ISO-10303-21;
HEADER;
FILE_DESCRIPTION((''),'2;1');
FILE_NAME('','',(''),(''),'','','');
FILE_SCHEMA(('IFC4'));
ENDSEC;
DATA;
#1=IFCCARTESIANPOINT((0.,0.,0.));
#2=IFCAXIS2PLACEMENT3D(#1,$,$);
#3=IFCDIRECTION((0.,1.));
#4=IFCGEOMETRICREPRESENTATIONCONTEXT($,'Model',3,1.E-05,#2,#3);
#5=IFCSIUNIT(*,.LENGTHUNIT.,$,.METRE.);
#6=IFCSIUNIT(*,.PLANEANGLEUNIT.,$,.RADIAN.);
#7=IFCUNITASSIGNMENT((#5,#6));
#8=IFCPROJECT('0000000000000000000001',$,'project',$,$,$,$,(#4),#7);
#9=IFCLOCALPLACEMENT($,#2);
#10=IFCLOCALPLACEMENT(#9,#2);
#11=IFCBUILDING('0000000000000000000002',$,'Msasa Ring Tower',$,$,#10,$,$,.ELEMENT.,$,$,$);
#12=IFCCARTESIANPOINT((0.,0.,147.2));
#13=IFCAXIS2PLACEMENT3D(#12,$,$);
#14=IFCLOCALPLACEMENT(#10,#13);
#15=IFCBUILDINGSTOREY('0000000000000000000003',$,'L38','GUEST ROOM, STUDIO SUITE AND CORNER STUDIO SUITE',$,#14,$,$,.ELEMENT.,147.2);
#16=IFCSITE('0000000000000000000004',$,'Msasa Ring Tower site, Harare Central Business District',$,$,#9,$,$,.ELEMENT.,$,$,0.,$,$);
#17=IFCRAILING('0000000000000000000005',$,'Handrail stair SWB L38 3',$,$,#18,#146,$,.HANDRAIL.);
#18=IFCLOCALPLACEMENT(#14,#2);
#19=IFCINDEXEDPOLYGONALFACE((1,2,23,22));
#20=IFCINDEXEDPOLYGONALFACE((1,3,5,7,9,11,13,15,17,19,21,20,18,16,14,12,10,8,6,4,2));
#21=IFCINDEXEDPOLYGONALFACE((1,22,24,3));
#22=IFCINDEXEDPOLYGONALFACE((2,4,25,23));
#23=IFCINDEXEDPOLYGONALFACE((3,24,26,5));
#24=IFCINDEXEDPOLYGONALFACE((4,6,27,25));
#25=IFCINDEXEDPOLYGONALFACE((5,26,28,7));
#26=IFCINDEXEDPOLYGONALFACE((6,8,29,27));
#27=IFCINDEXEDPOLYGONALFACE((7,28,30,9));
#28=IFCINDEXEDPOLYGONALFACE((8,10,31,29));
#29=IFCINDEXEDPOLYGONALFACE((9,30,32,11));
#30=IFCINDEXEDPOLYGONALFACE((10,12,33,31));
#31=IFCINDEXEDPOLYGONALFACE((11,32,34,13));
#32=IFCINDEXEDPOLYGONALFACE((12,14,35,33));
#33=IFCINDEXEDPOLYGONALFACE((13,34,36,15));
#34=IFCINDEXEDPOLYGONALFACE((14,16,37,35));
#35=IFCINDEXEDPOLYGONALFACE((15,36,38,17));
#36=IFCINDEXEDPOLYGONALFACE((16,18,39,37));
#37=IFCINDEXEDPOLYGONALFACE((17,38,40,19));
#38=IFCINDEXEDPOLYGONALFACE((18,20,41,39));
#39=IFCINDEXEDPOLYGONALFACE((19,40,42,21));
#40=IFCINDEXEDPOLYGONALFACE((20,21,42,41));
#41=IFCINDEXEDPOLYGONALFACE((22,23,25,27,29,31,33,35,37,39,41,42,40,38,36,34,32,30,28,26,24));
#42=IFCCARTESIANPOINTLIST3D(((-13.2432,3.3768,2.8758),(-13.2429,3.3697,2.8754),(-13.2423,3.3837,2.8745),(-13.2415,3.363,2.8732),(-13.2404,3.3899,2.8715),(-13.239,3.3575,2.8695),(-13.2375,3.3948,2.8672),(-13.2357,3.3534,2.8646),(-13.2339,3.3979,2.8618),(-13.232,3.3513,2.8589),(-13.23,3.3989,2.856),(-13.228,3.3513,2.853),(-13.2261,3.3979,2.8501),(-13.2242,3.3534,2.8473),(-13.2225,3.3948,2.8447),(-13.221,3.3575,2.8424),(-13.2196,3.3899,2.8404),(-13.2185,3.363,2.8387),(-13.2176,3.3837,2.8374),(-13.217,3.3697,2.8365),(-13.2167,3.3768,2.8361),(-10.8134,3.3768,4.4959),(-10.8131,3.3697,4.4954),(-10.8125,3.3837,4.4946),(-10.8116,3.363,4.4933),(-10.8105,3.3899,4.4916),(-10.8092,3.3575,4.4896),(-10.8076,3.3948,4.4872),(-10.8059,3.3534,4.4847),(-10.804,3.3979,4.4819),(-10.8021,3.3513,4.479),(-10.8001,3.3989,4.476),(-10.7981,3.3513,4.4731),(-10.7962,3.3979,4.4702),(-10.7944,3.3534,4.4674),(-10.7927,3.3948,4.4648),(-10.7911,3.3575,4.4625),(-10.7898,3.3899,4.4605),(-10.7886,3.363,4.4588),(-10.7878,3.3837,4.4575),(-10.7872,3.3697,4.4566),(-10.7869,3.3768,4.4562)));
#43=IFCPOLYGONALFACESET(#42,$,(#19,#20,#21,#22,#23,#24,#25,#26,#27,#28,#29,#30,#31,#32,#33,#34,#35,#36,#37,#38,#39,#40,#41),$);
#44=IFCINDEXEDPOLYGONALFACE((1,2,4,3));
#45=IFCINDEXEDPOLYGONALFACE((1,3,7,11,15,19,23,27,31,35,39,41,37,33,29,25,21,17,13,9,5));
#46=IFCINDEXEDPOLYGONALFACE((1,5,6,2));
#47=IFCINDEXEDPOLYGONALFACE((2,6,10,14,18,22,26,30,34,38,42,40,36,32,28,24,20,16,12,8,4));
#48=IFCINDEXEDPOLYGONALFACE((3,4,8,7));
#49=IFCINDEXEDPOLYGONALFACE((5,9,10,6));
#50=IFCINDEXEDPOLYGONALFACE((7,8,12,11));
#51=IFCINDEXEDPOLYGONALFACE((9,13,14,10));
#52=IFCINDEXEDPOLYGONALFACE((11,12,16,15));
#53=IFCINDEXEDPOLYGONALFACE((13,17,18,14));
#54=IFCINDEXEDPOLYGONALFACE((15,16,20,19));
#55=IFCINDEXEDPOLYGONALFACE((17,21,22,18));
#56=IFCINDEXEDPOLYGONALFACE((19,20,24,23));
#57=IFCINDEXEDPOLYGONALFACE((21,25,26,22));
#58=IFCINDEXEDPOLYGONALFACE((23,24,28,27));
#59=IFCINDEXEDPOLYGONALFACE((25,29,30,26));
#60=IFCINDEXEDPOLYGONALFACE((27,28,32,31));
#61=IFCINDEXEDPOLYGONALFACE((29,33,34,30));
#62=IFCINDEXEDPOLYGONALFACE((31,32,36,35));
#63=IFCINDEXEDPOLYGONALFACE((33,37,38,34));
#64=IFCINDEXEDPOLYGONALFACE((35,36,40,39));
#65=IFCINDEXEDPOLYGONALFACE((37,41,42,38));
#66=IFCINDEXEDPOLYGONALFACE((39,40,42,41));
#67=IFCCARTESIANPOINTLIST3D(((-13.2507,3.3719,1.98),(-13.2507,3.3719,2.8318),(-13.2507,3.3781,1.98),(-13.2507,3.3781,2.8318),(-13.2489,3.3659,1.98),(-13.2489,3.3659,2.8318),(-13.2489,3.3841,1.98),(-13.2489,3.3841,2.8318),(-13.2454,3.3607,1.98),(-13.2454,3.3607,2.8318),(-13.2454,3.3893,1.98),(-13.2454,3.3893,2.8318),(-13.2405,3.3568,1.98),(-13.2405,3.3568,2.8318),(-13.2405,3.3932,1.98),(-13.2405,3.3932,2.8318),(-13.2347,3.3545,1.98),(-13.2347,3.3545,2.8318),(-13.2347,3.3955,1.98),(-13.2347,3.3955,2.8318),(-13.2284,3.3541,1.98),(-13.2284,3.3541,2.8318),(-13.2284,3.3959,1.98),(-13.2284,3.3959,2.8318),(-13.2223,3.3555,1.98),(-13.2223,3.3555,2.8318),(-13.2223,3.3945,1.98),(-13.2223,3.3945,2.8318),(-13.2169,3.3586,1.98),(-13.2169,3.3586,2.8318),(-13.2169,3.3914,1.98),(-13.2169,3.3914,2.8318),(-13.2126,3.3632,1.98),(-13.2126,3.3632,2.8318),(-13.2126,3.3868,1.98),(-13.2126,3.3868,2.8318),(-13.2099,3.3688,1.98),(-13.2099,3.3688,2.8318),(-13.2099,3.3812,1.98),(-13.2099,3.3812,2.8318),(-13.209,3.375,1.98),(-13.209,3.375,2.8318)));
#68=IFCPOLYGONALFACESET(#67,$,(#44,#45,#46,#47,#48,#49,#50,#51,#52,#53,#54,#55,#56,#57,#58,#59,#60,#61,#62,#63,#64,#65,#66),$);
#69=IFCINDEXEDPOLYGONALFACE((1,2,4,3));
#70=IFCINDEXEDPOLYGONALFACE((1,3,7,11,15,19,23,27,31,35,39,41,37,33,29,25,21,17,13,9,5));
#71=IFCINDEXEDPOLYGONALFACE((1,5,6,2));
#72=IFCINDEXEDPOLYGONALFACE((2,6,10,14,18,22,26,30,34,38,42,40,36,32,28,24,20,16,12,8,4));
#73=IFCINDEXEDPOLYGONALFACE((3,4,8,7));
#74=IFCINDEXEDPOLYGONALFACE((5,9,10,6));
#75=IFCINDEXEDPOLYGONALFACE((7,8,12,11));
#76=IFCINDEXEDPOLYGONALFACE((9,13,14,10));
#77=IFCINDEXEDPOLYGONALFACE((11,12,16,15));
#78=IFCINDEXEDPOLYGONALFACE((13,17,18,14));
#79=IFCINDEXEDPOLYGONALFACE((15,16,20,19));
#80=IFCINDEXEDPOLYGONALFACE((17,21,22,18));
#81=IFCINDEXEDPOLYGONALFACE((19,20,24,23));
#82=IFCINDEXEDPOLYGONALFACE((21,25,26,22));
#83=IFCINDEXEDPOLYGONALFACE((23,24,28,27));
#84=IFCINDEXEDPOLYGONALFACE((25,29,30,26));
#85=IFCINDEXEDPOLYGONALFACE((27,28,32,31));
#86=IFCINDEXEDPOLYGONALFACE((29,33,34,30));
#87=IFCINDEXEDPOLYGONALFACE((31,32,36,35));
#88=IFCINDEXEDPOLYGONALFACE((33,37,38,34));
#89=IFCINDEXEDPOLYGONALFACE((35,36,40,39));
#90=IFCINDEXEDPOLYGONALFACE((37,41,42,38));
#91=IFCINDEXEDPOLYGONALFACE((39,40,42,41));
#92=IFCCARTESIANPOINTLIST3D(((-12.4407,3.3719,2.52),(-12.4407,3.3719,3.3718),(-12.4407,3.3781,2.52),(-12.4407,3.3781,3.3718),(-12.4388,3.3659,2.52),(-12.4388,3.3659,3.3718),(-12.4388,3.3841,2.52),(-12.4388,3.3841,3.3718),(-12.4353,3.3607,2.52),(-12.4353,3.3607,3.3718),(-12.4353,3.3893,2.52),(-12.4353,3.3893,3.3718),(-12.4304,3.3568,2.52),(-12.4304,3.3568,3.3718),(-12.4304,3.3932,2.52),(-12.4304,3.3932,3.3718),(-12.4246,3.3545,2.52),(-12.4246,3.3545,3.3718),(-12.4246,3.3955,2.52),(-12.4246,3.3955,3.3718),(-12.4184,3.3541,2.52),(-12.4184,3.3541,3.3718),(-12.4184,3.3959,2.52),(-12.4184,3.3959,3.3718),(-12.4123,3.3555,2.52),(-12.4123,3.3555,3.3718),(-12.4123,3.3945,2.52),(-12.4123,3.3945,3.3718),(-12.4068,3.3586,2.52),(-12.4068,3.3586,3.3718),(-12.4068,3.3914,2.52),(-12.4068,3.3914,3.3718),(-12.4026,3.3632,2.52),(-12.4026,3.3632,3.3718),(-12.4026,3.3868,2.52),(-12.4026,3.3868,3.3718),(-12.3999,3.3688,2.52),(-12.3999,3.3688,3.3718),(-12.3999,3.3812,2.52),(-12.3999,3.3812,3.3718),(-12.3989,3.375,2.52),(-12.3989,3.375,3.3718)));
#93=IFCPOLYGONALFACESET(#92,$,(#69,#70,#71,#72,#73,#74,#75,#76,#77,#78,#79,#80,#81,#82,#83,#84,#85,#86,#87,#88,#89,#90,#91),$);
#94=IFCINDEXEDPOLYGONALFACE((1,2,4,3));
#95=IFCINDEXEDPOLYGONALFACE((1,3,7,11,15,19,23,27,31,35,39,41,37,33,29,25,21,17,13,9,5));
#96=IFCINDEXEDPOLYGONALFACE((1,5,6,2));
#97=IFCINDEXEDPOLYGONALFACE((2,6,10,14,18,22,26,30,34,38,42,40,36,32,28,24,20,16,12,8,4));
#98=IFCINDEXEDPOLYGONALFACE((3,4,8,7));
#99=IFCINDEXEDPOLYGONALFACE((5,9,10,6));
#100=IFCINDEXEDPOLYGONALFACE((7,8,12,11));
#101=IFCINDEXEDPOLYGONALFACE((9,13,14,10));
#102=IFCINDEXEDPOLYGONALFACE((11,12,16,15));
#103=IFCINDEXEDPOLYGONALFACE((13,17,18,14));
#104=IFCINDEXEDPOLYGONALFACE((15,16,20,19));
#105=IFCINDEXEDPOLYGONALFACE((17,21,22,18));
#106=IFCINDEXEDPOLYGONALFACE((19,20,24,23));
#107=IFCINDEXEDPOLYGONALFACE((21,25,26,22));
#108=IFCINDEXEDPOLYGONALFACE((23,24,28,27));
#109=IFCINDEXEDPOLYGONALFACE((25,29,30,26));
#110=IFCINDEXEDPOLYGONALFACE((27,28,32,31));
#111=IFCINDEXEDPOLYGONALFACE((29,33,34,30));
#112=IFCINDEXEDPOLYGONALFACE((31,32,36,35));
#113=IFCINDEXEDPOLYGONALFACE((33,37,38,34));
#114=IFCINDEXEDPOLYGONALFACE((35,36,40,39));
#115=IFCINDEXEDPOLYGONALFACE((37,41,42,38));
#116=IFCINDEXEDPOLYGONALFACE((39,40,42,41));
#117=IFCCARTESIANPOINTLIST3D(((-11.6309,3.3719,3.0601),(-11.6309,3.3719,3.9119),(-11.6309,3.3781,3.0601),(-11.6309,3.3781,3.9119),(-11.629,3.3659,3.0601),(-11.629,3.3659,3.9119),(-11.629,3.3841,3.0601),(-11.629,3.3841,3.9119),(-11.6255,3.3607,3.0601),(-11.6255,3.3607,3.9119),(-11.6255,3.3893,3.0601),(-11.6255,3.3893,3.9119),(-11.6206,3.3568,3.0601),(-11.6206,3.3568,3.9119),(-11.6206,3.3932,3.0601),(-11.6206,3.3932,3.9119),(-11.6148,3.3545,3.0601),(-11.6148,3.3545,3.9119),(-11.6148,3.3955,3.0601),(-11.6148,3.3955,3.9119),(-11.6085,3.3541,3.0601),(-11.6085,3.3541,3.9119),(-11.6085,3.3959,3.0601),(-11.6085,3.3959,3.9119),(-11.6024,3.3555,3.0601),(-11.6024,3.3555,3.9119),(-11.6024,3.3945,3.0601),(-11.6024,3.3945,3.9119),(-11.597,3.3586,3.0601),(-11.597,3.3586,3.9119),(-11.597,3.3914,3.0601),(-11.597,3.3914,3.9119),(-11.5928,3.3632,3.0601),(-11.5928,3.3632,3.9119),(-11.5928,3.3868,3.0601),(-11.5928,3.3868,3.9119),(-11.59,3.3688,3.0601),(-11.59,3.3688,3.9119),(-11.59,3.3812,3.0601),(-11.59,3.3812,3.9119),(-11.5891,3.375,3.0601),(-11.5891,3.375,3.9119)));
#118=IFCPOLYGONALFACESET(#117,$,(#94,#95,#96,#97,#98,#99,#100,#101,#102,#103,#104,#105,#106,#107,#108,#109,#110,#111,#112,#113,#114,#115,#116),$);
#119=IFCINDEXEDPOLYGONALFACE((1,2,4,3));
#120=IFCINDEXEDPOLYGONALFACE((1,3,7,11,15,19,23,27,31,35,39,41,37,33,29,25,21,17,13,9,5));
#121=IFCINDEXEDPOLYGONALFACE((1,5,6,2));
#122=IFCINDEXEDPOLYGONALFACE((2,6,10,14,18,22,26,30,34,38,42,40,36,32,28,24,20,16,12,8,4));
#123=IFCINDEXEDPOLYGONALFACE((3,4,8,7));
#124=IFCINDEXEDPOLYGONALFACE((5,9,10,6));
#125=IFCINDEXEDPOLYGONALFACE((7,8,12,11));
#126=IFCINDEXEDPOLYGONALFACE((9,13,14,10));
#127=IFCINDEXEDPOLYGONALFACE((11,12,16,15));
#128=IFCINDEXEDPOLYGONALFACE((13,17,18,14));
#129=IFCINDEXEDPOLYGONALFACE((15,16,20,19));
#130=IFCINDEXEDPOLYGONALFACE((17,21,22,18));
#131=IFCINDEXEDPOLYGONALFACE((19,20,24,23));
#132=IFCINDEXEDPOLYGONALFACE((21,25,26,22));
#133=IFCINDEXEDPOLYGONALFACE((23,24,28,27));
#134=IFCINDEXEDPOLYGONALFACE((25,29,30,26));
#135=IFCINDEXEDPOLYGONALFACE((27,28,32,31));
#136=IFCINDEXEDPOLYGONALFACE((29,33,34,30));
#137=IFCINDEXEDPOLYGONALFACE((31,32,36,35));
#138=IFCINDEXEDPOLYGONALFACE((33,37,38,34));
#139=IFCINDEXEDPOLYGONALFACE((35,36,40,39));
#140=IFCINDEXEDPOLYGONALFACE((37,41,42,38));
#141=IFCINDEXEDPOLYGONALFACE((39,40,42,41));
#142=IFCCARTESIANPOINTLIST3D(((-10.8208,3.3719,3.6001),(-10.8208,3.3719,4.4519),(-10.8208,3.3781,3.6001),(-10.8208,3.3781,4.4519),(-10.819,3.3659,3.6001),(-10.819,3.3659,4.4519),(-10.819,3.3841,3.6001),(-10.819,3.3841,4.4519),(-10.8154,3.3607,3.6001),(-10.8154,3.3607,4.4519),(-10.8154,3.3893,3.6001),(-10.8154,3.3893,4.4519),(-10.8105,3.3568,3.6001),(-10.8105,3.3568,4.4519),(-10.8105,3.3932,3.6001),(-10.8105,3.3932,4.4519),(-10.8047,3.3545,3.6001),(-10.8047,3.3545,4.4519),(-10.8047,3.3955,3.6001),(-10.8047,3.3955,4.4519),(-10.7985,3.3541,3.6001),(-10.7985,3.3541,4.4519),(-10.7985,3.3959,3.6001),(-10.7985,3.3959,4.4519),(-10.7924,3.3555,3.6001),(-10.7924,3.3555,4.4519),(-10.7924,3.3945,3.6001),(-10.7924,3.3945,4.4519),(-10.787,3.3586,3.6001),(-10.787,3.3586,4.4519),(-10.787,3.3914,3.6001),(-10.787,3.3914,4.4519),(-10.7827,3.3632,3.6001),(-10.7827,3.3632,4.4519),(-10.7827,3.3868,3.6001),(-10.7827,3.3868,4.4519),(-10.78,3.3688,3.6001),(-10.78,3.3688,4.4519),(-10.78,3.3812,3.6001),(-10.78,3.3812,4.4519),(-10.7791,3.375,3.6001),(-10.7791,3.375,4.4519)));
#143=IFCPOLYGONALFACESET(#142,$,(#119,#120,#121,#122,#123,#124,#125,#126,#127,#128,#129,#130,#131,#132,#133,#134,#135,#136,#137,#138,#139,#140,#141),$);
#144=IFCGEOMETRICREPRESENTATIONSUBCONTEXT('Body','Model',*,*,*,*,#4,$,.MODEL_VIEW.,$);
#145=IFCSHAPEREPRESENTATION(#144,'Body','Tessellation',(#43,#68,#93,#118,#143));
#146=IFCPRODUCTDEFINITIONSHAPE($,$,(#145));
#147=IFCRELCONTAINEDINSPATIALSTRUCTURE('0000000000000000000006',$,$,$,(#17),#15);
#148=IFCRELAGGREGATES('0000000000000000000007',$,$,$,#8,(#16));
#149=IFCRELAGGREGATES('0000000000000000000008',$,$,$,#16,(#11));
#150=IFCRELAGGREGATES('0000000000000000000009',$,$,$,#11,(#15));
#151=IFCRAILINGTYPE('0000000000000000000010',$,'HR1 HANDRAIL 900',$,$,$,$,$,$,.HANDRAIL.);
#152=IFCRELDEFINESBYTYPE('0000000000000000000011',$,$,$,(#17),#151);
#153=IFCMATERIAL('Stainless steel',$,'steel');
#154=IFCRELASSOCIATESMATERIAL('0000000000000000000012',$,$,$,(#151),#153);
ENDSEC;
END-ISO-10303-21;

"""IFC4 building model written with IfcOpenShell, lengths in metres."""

from ifc_helpers import new_model, si_unit, direction, frame, origin, origin_2d, place, context, subcontext, project, spatial, circle, extrude, material, type_object, element, save


model = new_model("IFC4")

# Units and contexts
model_context = context("Model", 3, precision=1e-05, world=origin(), true_north=direction((0.0, 1.0)))
body_context = subcontext(model_context, "Body", "Model", "MODEL_VIEW")
ifc_project = project(units=[si_unit("LENGTHUNIT", "METRE"), si_unit("PLANEANGLEUNIT", "RADIAN")], contexts=[model_context])

# Site, building, storey
site_placement = place(None, origin())
site = spatial("IfcSite", under=ifc_project, at=site_placement, Name="Msasa Ring Tower site, Harare Central Business District", CompositionType="ELEMENT", RefElevation=0.0)
building_placement = place(site_placement, origin())
building = spatial("IfcBuilding", under=site, at=building_placement, Name="Msasa Ring Tower", CompositionType="ELEMENT")
storey_placement = place(building_placement, frame((0.0, 0.0, 147.2)))
storey = spatial("IfcBuildingStorey", under=building, at=storey_placement, Name="L38", Description="GUEST ROOM, STUDIO SUITE AND CORNER STUDIO SUITE", CompositionType="ELEMENT", Elevation=147.2)

# Railing
ifc_material_1 = material(Name="Stainless steel", Category="steel")
railing_type = type_object("IfcRailingType", Name="HR1 HANDRAIL 900", PredefinedType="HANDRAIL", material=ifc_material_1)
railing_placement = place(storey_placement, frame((-13.23, 3.375, 1.98)))
element("IfcRailing", 1, at=railing_placement, inside=storey, type_object=railing_type, Name="Handrail stair SWB L38 3", PredefinedType="HANDRAIL", context=body_context, shape_type="SweptSolid", body=[
    extrude(circle(Radius=0.0239, at=origin_2d()), frame((0.0, 0.0, 0.876), z_axis=(0.832025, 0.0, 0.554739), x_axis=(0.0, 1.0, 0.0)), (0.0, 0.0, 1.0), 2.9204),
    extrude(circle(Radius=0.021, at=origin_2d()), origin(), (0.0, 0.0, 1.0), 0.8518),
    extrude(circle(Radius=0.021, at=origin_2d()), frame((0.8101, 0.0, 0.54)), (0.0, 0.0, 1.0), 0.8518),
    extrude(circle(Radius=0.021, at=origin_2d()), frame((1.6199, 0.0, 1.0801)), (0.0, 0.0, 1.0), 0.8518),
    extrude(circle(Radius=0.021, at=origin_2d()), frame((2.4299, 0.0, 1.6201)), (0.0, 0.0, 1.0), 0.8518),
])

save(model, "model.ifc")
